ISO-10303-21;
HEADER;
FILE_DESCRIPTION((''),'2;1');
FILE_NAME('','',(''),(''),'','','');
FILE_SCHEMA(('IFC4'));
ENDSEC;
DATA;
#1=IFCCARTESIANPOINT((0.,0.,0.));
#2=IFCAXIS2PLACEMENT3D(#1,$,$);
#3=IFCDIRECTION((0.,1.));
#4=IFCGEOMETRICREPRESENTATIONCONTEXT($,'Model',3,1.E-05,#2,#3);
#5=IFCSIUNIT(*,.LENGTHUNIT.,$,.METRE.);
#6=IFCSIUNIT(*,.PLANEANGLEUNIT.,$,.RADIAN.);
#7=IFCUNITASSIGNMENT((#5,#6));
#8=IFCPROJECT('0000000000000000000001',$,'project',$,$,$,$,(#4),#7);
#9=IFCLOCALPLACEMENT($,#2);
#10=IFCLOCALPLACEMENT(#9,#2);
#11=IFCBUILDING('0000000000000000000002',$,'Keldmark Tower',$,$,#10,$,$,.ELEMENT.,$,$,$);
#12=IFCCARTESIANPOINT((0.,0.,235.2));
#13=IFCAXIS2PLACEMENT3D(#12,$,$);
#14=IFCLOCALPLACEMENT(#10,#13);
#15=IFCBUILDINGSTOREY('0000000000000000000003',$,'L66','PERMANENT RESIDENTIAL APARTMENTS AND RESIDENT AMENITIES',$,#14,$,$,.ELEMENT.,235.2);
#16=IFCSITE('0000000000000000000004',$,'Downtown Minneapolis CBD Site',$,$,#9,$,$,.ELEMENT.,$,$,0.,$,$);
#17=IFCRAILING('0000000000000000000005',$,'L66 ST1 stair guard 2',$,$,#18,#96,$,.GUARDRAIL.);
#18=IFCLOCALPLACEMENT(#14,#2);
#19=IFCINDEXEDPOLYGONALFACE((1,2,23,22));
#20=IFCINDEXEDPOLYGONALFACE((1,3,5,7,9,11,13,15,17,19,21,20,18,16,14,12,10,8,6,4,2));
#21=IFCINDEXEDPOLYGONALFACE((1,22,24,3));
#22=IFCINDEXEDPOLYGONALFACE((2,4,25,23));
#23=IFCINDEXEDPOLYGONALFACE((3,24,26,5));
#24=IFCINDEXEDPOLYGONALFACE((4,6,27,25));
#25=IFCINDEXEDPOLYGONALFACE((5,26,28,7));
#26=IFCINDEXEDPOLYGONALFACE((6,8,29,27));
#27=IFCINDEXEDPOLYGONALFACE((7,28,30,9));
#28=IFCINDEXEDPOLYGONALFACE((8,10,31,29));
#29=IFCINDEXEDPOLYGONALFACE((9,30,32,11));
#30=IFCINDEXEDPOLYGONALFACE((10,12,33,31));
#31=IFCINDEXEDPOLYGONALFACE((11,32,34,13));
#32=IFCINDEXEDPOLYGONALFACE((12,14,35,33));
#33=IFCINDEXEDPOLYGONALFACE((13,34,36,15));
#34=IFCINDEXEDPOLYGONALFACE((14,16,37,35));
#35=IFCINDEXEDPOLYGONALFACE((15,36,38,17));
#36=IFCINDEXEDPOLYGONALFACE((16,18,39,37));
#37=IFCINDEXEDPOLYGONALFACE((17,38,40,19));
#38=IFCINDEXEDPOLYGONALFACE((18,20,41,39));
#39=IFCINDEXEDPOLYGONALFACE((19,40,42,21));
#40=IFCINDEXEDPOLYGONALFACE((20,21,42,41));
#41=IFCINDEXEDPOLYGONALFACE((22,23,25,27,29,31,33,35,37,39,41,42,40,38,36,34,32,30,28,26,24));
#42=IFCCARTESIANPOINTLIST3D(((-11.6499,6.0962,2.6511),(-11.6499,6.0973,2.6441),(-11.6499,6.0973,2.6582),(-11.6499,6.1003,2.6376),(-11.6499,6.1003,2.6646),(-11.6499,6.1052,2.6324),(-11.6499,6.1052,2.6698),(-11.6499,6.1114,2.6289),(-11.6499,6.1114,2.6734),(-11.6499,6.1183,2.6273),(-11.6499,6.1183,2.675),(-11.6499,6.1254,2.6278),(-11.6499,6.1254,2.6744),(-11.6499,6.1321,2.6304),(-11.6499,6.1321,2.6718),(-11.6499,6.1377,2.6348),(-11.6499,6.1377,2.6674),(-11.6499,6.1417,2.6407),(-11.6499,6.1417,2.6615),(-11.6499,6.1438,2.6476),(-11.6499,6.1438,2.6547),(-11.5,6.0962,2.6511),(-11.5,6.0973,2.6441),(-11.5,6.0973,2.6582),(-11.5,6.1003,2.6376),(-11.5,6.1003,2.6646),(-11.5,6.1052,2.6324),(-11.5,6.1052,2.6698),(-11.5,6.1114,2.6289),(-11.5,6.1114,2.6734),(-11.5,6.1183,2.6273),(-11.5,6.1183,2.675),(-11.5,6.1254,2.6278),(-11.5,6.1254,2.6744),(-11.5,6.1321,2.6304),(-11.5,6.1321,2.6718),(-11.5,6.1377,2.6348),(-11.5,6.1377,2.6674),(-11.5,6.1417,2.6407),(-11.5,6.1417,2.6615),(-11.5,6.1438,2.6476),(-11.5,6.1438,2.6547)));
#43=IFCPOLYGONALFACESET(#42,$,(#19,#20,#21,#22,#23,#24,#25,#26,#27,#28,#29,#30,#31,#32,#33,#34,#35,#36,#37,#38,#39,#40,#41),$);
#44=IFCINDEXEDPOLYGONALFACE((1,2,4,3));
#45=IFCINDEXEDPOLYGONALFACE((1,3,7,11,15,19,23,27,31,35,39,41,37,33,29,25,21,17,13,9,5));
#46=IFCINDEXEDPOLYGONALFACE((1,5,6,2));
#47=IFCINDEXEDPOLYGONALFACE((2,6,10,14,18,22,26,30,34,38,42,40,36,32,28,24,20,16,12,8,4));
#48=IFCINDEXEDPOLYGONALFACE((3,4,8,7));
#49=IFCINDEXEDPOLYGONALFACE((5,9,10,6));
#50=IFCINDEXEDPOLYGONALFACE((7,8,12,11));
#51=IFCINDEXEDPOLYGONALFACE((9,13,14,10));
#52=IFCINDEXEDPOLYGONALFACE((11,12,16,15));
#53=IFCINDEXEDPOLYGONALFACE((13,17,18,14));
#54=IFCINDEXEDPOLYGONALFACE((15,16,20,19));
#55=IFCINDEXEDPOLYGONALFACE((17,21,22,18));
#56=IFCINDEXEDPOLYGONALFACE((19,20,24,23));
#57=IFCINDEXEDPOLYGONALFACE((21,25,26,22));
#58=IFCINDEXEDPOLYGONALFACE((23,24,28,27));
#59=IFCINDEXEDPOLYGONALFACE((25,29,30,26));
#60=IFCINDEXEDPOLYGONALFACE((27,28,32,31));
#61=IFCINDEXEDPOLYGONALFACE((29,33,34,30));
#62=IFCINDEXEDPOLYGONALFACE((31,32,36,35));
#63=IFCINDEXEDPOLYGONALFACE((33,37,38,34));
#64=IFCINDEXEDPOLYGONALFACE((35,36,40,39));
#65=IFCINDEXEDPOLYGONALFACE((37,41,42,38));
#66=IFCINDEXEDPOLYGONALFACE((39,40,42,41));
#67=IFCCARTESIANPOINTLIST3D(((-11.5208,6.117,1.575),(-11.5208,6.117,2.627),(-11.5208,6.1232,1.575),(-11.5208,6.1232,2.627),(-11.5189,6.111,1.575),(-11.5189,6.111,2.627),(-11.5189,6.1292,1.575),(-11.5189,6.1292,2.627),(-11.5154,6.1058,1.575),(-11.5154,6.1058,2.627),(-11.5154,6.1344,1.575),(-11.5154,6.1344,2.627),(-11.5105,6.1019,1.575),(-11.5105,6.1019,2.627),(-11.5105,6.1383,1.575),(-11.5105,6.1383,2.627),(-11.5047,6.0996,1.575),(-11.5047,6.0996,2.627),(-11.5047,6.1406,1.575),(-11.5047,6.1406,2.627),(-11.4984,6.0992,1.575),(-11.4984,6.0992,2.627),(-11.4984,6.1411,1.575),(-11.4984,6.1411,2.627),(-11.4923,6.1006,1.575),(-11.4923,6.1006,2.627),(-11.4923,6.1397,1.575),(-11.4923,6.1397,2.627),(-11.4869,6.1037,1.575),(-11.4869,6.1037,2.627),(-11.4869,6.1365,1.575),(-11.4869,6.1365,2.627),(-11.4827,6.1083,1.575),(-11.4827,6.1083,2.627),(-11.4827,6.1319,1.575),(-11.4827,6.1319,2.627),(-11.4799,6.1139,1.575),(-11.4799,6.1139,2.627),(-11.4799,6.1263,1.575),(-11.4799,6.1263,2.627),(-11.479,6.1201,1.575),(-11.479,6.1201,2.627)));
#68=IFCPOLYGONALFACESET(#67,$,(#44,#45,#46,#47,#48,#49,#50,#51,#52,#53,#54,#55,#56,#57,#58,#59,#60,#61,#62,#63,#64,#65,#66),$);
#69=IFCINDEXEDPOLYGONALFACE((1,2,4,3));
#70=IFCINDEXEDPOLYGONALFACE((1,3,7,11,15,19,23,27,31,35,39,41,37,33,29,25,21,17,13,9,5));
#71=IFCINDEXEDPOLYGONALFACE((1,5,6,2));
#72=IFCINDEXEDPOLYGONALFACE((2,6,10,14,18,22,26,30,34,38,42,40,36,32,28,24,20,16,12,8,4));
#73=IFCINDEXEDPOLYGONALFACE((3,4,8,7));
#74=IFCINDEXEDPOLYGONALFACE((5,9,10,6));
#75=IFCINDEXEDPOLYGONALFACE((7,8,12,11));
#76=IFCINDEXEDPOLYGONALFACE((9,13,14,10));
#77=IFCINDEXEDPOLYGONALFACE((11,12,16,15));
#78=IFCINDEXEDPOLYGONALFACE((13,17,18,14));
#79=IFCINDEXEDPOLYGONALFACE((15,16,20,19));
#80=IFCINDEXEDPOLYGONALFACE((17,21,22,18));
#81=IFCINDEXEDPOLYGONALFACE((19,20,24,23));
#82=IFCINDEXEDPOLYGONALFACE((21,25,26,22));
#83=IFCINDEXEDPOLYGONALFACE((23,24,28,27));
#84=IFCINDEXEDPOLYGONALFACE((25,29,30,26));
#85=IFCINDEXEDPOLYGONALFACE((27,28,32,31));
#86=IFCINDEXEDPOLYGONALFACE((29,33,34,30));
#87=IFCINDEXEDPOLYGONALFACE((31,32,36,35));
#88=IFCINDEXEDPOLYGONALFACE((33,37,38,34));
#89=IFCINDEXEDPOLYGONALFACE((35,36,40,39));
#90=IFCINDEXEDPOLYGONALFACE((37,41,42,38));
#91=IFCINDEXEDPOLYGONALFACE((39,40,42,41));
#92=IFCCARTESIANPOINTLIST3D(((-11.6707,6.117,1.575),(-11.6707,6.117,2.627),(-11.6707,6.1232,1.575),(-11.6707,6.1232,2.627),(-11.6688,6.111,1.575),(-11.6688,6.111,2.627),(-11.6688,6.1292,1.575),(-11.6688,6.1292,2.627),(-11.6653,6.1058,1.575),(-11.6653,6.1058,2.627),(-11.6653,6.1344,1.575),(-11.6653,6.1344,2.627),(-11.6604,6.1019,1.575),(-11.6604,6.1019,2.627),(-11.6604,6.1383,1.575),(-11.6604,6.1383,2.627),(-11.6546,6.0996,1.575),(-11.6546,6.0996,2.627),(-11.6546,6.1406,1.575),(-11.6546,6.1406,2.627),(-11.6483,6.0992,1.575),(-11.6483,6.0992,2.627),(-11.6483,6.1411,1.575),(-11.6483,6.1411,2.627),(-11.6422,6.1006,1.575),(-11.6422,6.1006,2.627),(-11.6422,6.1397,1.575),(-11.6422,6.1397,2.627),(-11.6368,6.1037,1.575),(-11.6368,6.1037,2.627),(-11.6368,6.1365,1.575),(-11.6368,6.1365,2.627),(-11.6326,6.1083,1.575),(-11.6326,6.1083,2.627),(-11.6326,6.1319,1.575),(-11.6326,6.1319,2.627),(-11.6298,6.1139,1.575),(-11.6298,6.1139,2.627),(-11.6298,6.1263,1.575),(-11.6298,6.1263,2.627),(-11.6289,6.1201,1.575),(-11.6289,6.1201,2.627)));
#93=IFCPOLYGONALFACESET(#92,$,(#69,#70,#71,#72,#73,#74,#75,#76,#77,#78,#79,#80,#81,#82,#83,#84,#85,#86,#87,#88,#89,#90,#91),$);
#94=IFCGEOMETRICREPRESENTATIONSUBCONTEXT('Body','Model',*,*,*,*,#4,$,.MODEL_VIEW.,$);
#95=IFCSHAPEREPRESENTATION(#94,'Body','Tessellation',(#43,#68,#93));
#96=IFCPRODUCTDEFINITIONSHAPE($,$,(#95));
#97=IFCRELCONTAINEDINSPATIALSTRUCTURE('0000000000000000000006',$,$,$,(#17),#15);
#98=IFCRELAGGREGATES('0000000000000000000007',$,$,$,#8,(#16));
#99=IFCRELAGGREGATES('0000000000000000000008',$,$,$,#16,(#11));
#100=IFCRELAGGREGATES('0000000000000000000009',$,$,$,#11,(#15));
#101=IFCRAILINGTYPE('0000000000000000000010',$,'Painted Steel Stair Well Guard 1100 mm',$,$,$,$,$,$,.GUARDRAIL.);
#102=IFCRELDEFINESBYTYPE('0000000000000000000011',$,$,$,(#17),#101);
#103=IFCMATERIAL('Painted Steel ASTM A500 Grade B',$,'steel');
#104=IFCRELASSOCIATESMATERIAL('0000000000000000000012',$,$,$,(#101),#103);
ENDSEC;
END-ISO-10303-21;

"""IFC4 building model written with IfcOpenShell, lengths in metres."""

from ifc_helpers import new_model, si_unit, direction, frame, origin, origin_2d, place, context, subcontext, project, spatial, circle, extrude, material, type_object, element, save


model = new_model("IFC4")

# Units and contexts
model_context = context("Model", 3, precision=1e-05, world=origin(), true_north=direction((0.0, 1.0)))
body_context = subcontext(model_context, "Body", "Model", "MODEL_VIEW")
ifc_project = project(units=[si_unit("LENGTHUNIT", "METRE"), si_unit("PLANEANGLEUNIT", "RADIAN")], contexts=[model_context])

# Site, building, storey
site_placement = place(None, origin())
site = spatial("IfcSite", under=ifc_project, at=site_placement, Name="Downtown Minneapolis CBD Site", CompositionType="ELEMENT", RefElevation=0.0)
building_placement = place(site_placement, origin())
building = spatial("IfcBuilding", under=site, at=building_placement, Name="Keldmark Tower", CompositionType="ELEMENT")
storey_placement = place(building_placement, frame((0.0, 0.0, 235.2)))
storey = spatial("IfcBuildingStorey", under=building, at=storey_placement, Name="L66", Description="PERMANENT RESIDENTIAL APARTMENTS AND RESIDENT AMENITIES", CompositionType="ELEMENT", Elevation=235.2)

# Railing
ifc_material_1 = material(Name="Painted Steel ASTM A500 Grade B", Category="steel")
railing_type_1 = type_object("IfcRailingType", Name="Painted Steel Stair Well Guard 1100 mm", PredefinedType="GUARDRAIL", material=ifc_material_1)
railing_1_placement = place(storey_placement, frame((-11.5, 6.1201, 1.575)))
element("IfcRailing", 1, at=railing_1_placement, inside=storey, type_object=railing_type_1, Name="L66 ST1 stair guard 2", PredefinedType="GUARDRAIL", context=body_context, shape_type="SweptSolid", body=[
    extrude(circle(Radius=0.0239, at=origin_2d()), frame((0.0, 0.0, 1.0762), z_axis=(-1.0, 0.0, 0.0), x_axis=(0.0, -1.0, 0.0)), (0.0, 0.0, 1.0), 0.1499),
    extrude(circle(Radius=0.021, at=origin_2d()), origin(), (0.0, 0.0, 1.0), 1.052),
    extrude(circle(Radius=0.021, at=origin_2d()), frame((-0.1499, 0.0, 0.0)), (0.0, 0.0, 1.0), 1.052),
])

save(model, "model.ifc")
